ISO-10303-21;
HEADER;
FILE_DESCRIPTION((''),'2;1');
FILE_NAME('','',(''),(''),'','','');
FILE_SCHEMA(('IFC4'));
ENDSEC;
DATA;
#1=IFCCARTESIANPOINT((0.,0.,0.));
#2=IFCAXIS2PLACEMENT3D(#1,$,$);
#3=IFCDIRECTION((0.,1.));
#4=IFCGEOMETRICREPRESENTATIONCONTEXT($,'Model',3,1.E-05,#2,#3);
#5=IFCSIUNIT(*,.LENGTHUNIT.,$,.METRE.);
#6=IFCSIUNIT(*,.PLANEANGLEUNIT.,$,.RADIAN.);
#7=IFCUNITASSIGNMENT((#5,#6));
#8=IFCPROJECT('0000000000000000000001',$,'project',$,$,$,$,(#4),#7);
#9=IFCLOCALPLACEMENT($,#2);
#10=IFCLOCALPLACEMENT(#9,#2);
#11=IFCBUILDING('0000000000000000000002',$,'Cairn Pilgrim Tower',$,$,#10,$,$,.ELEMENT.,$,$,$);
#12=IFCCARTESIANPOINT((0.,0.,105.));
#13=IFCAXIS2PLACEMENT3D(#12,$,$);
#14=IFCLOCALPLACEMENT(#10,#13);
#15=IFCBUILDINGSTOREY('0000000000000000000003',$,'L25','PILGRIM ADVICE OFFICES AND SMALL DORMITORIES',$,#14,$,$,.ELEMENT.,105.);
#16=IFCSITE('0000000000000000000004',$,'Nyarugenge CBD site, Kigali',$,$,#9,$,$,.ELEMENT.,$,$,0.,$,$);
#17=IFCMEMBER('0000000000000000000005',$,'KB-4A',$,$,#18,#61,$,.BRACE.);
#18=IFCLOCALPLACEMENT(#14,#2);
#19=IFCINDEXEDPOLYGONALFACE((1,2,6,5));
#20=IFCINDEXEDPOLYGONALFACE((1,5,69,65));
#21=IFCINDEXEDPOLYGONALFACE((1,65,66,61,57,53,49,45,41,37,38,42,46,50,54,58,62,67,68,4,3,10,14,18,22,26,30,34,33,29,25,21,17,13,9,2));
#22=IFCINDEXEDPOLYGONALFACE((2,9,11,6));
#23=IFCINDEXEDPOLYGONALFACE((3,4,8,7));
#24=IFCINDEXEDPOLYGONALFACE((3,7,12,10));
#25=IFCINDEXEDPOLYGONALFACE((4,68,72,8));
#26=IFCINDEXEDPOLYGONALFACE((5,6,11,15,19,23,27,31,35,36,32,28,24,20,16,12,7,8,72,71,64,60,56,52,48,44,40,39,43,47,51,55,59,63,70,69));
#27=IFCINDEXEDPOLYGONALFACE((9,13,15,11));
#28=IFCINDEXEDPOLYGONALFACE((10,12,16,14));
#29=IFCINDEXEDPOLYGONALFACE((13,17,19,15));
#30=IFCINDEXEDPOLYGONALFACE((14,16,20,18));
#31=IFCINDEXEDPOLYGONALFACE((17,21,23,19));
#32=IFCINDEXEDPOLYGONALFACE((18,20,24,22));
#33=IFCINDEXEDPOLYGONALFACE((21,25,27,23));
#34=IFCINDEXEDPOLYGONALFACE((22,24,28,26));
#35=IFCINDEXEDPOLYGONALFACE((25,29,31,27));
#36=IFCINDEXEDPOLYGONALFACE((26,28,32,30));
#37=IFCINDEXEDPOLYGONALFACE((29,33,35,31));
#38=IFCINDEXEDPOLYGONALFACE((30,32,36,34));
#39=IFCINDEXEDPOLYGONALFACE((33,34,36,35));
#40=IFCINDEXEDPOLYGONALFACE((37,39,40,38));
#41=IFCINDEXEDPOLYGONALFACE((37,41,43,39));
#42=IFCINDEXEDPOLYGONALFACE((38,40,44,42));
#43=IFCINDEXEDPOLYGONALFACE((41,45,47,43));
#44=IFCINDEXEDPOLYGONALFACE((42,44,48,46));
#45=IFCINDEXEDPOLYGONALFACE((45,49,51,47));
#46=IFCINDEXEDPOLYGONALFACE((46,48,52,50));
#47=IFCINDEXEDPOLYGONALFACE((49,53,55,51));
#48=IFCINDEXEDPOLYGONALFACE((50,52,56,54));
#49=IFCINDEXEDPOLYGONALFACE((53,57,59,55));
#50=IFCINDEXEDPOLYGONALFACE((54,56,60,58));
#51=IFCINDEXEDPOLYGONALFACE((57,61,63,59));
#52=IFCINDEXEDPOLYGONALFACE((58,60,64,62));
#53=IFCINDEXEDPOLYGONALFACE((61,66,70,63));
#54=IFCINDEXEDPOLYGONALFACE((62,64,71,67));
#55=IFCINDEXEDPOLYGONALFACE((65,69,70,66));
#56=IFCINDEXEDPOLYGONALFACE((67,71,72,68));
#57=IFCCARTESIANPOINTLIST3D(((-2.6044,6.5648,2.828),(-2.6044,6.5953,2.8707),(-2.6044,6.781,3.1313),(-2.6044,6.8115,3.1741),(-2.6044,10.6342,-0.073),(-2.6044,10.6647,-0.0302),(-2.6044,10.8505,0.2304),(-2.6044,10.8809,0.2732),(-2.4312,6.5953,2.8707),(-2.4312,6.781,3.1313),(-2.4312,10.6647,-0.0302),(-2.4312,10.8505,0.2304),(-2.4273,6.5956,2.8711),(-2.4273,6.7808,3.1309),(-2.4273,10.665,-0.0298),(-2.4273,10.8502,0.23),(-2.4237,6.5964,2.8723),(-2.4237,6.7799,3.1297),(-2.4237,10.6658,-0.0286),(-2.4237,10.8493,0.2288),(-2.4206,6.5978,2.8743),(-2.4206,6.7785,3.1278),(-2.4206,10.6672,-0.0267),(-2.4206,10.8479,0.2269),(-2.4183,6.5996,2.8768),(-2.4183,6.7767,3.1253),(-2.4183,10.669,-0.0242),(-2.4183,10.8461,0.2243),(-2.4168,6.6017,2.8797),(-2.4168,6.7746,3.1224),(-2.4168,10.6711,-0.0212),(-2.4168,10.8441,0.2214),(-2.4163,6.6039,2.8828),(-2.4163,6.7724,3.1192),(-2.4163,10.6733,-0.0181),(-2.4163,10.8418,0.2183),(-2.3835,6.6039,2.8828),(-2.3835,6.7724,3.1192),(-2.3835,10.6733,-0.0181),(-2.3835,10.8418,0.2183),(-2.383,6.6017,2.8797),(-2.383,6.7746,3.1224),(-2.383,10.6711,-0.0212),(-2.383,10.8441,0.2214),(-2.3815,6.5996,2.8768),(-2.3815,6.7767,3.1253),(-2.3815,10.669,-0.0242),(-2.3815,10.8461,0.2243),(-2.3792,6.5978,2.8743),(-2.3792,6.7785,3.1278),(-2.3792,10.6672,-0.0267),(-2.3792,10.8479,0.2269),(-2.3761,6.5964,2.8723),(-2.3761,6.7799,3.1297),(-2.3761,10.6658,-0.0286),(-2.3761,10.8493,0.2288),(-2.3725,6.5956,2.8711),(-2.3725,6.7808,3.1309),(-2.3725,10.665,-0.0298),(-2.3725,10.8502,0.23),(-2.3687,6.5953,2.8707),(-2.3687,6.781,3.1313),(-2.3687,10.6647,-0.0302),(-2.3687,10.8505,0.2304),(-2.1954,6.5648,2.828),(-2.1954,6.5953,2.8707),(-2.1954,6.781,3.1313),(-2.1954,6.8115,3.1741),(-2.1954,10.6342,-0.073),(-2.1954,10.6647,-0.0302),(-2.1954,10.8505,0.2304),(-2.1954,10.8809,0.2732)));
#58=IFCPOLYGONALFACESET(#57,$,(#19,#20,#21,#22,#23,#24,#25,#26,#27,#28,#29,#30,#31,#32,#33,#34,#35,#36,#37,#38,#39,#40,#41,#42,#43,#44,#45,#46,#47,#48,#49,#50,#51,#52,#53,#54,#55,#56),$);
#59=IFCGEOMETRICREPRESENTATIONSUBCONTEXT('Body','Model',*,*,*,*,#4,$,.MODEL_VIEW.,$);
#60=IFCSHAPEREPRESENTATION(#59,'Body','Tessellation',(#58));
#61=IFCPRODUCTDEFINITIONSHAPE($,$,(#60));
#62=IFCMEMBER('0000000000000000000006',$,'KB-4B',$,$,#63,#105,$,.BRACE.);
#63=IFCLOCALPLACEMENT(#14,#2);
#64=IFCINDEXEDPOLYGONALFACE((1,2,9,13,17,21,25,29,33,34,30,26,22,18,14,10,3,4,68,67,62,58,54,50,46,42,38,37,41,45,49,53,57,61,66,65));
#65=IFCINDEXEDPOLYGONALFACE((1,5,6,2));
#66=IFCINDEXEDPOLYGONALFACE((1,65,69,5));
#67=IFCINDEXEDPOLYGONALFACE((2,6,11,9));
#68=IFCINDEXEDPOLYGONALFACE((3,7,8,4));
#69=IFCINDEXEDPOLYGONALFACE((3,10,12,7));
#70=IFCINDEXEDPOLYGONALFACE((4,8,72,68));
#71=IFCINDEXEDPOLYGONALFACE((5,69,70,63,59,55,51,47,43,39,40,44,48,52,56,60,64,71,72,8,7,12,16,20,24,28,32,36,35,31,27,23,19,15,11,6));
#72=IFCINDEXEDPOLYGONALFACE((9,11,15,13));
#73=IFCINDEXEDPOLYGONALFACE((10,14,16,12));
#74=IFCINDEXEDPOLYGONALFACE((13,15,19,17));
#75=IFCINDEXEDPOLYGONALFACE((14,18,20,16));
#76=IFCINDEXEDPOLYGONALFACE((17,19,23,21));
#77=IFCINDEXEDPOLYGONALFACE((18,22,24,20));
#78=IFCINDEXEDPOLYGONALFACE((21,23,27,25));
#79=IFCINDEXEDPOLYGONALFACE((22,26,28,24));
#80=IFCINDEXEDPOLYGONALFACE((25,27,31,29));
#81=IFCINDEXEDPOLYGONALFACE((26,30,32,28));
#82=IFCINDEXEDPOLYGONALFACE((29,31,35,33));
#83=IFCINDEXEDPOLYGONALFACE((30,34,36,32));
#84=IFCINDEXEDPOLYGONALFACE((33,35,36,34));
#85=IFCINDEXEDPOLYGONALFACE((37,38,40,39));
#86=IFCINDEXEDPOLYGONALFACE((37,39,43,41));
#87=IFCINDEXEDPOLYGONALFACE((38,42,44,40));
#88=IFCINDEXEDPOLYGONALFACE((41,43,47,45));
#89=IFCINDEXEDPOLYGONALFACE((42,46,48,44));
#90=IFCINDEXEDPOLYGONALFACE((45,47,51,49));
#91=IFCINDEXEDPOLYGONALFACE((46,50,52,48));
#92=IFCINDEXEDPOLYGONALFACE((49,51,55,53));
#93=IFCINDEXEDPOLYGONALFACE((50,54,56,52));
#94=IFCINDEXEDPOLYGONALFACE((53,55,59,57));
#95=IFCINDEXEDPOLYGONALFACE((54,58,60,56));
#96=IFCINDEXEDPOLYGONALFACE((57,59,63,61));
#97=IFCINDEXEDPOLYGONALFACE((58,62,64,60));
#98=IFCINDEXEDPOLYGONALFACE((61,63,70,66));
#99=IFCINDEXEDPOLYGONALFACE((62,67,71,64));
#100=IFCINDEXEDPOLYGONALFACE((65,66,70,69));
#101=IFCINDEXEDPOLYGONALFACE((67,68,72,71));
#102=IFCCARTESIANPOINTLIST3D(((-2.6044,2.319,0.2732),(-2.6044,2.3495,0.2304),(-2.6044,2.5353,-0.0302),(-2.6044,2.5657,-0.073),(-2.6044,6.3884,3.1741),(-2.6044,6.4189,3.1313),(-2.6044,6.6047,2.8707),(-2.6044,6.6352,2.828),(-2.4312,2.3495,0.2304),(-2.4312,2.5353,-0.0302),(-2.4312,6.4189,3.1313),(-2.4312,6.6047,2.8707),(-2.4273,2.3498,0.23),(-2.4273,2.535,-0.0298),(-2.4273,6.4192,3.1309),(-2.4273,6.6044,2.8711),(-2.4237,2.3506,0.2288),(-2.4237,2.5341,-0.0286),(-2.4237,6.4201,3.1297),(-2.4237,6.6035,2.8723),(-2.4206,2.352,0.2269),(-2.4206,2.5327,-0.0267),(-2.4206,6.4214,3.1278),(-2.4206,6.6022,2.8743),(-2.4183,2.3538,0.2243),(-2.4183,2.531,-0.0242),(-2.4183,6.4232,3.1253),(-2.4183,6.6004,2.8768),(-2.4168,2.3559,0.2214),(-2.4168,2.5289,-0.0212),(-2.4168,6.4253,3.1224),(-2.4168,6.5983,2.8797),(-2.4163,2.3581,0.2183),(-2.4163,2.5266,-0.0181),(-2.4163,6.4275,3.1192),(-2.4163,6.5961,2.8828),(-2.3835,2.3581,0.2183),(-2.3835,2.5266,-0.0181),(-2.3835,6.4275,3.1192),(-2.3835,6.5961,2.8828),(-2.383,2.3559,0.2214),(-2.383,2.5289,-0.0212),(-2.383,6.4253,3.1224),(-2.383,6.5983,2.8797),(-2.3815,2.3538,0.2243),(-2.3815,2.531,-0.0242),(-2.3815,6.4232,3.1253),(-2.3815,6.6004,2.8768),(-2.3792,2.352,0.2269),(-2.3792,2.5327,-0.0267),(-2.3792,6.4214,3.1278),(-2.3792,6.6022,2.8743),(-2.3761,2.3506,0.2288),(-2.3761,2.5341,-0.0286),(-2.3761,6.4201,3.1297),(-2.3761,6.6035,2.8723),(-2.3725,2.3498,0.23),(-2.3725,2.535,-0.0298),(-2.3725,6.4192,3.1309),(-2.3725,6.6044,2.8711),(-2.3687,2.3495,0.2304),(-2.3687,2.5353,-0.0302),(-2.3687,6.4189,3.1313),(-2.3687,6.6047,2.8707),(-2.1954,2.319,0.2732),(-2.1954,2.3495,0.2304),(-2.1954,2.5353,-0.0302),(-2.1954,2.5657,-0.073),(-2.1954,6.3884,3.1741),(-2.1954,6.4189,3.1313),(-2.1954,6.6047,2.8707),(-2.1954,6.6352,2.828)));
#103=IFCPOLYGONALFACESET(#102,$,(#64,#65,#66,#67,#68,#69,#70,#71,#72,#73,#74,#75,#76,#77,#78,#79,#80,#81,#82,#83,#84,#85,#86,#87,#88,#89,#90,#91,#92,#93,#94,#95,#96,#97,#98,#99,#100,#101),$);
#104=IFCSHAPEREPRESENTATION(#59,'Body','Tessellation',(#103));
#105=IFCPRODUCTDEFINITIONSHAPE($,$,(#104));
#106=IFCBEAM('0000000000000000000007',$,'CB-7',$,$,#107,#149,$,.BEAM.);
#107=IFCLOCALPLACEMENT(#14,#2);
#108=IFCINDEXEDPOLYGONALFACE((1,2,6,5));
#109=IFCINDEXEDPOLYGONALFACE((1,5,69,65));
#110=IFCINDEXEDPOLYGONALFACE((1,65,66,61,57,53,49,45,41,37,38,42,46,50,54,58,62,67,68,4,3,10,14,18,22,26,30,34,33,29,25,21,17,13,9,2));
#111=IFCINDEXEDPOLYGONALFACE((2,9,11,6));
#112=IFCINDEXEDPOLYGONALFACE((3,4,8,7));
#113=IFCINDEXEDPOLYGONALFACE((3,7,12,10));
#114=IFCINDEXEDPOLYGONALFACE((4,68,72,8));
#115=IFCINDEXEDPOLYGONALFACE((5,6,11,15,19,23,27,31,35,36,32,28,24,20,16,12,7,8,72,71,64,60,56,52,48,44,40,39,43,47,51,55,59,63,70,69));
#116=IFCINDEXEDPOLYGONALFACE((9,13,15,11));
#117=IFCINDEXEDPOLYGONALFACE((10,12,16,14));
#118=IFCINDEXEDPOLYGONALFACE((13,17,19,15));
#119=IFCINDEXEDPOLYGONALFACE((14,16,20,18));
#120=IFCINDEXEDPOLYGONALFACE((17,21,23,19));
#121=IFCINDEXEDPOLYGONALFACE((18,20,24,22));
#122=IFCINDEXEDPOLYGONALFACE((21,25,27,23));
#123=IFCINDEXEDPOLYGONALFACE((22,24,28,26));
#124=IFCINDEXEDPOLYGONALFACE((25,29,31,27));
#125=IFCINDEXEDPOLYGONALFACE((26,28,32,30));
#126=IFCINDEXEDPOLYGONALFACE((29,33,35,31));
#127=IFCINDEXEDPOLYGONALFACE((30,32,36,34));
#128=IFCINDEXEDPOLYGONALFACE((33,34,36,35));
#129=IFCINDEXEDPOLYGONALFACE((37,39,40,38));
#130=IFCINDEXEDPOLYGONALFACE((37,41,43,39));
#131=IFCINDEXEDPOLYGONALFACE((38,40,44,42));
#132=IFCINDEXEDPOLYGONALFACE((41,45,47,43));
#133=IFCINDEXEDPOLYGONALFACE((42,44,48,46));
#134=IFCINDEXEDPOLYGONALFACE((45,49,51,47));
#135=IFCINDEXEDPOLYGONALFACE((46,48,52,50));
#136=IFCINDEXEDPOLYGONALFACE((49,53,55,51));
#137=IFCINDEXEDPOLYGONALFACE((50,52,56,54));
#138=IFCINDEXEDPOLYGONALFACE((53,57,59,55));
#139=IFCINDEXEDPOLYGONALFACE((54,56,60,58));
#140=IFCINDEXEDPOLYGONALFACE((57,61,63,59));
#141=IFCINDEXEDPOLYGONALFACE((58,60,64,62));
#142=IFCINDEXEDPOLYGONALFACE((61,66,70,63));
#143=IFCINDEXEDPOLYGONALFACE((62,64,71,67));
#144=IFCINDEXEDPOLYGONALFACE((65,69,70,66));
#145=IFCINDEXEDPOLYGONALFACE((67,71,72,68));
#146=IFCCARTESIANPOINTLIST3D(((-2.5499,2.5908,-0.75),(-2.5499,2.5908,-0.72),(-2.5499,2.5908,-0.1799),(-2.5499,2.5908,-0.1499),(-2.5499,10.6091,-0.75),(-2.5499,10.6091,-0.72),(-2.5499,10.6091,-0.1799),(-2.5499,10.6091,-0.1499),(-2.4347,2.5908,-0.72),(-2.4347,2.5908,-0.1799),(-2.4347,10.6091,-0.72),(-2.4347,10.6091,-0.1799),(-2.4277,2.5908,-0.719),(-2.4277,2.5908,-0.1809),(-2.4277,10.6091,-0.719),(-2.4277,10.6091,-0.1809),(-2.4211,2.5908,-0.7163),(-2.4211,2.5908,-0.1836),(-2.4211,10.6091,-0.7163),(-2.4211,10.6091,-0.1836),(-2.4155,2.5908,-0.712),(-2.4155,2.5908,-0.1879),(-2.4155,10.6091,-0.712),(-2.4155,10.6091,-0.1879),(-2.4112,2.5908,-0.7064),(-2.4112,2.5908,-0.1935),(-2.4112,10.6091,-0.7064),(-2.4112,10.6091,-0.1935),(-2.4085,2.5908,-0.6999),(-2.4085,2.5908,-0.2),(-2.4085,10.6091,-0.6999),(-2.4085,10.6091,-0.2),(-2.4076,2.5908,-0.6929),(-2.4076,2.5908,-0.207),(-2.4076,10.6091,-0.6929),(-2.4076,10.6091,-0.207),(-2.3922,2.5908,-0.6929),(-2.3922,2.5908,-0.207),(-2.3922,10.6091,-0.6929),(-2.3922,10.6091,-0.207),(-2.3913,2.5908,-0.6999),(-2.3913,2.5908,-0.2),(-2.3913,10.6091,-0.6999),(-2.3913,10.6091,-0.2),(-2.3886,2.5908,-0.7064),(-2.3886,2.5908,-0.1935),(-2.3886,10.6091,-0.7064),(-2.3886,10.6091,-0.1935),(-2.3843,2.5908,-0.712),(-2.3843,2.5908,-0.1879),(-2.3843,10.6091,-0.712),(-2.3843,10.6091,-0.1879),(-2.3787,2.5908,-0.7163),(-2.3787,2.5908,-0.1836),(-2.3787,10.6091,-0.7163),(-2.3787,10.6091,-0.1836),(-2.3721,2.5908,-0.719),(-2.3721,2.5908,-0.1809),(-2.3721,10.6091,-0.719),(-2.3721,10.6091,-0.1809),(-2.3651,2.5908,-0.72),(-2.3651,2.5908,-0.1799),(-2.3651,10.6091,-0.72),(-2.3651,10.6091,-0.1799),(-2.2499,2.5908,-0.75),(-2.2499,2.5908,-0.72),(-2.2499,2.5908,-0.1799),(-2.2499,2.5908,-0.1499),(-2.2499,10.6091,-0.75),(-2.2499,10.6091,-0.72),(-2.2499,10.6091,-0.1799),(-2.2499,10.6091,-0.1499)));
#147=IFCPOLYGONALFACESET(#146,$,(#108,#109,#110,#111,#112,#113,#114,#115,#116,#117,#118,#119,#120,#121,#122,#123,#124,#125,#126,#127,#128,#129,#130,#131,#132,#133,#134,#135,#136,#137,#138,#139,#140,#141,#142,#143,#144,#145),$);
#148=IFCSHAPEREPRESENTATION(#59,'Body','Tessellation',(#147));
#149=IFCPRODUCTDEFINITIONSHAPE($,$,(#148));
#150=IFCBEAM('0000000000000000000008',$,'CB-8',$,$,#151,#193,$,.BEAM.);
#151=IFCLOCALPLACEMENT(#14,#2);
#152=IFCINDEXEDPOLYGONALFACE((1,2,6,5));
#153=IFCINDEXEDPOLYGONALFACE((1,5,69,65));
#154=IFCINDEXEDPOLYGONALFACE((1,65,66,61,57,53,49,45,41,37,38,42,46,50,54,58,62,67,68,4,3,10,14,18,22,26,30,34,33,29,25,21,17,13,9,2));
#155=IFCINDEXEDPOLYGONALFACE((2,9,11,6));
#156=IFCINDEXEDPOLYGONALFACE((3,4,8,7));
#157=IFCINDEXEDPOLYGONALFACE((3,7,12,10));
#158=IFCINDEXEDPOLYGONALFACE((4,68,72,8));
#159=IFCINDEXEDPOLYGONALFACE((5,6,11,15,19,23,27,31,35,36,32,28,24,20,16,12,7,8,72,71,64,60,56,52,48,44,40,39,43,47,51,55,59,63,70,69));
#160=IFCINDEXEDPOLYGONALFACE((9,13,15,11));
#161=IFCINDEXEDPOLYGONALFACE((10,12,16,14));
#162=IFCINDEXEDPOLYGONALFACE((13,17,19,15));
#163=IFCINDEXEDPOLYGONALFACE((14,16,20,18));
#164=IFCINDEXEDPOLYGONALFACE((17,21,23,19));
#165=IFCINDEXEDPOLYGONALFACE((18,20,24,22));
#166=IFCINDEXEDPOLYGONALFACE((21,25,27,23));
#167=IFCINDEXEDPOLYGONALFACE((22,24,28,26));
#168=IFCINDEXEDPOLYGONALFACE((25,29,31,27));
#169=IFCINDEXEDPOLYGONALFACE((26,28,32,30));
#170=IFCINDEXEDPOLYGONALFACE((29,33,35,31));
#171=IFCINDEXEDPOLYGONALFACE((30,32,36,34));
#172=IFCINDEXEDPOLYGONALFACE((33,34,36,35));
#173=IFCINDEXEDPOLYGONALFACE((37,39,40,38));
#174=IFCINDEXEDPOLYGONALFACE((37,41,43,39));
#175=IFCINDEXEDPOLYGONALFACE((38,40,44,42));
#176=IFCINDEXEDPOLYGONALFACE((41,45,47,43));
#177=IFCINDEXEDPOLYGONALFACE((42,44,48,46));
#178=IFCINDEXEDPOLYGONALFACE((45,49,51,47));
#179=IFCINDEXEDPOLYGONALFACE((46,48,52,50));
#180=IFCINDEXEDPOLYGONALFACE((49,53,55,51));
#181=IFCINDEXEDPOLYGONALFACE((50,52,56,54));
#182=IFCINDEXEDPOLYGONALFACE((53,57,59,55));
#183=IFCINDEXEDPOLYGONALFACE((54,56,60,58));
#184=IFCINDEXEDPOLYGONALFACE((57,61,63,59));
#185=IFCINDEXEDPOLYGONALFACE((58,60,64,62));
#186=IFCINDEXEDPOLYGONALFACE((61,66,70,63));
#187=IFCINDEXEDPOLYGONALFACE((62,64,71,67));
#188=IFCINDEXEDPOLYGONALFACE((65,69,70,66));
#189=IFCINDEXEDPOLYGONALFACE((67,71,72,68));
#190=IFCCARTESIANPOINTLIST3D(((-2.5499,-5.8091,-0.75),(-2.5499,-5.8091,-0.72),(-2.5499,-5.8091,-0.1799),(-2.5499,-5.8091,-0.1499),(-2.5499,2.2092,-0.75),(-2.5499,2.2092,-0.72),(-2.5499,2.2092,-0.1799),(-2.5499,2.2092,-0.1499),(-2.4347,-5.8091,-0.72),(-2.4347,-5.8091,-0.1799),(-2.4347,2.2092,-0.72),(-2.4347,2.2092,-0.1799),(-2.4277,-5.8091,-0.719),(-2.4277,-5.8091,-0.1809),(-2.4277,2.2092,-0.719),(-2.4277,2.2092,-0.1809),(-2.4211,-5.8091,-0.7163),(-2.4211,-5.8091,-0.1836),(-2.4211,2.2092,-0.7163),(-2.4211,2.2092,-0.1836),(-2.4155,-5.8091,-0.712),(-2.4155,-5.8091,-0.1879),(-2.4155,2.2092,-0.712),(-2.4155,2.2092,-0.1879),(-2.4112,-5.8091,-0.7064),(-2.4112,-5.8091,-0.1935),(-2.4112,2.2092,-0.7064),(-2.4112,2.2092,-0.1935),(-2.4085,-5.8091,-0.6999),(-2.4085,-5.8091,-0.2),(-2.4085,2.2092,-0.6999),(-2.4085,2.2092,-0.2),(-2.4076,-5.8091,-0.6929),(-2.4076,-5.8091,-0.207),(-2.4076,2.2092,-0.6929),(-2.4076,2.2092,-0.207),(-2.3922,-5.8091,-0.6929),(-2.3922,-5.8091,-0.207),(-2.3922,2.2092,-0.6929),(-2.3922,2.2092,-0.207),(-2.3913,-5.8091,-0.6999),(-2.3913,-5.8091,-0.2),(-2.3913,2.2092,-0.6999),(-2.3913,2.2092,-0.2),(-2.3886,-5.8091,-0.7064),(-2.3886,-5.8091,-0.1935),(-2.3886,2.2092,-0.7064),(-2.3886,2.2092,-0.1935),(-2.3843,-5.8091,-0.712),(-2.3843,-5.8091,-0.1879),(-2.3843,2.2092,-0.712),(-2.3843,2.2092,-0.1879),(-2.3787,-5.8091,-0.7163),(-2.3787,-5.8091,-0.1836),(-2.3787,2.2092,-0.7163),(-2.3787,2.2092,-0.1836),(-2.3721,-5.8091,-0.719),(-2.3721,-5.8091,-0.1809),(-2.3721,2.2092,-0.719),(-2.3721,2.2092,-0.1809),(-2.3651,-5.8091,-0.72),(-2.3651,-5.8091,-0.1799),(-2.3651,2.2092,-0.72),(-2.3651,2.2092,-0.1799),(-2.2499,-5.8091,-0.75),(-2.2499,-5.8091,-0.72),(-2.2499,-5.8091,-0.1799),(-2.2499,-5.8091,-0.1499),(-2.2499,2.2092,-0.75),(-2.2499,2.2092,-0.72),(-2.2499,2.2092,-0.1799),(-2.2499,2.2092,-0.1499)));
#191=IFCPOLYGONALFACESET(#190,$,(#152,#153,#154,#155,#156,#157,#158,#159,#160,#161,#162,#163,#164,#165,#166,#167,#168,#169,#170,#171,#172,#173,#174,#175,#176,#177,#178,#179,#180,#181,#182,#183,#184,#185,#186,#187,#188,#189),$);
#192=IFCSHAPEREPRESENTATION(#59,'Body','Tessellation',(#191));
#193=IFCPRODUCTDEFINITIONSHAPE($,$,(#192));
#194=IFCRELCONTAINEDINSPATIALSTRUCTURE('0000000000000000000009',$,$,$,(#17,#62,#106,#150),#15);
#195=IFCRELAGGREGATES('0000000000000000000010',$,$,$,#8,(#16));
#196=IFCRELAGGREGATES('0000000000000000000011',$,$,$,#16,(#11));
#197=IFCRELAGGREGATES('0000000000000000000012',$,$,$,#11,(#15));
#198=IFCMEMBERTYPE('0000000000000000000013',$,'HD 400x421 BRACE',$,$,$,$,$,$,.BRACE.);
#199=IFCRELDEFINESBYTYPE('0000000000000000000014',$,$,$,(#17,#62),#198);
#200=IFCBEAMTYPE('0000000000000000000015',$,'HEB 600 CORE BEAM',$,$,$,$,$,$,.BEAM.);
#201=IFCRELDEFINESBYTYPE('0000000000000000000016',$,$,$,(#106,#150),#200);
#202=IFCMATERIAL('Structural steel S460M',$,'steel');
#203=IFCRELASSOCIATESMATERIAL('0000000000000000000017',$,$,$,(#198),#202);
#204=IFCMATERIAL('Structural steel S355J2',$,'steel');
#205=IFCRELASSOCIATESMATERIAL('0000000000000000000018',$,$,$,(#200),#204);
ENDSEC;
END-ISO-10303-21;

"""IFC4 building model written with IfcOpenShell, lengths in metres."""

from ifc_helpers import new_model, si_unit, direction, frame, origin, origin_2d, place, context, subcontext, project, spatial, i_section, extrude, material, material_profile, profile_set, type_object, element, save


model = new_model("IFC4")

# Units and contexts
model_context = context("Model", 3, precision=1e-05, world=origin(), true_north=direction((0.0, 1.0)))
body_context = subcontext(model_context, "Body", "Model", "MODEL_VIEW")
ifc_project = project(units=[si_unit("LENGTHUNIT", "METRE"), si_unit("PLANEANGLEUNIT", "RADIAN")], contexts=[model_context])

# Site, building, storey
site_placement = place(None, origin())
site = spatial("IfcSite", under=ifc_project, at=site_placement, Name="Nyarugenge CBD site, Kigali", CompositionType="ELEMENT", RefElevation=0.0)
building_placement = place(site_placement, origin())
building = spatial("IfcBuilding", under=site, at=building_placement, Name="Cairn Pilgrim Tower", CompositionType="ELEMENT")
storey_placement = place(building_placement, frame((0.0, 0.0, 105.0)))
storey = spatial("IfcBuildingStorey", under=building, at=storey_placement, Name="L25", Description="PILGRIM ADVICE OFFICES AND SMALL DORMITORIES", CompositionType="ELEMENT", Elevation=105.0)

# Shared definitions
ifc_material_1 = material(Name="Structural steel S460M", Category="steel")

# Members
ifc_material_profile_1 = material_profile(ifc_material_1, i_section(OverallWidth=0.4089, OverallDepth=0.425, WebThickness=0.0327, FlangeThickness=0.0525, FilletRadius=0.0149, at=origin_2d()), Name="HD 400x421")
ifc_profile_set_1 = profile_set([ifc_material_profile_1], Name="Structural steel S460M")
member_type = type_object("IfcMemberType", Name="HD 400x421 BRACE", PredefinedType="BRACE", material=ifc_profile_set_1)
for number, where, z_axis, x_axis, name in (
    (1, (-2.3999, 10.7576, 0.1001), (0.0, -0.814281, 0.580471), (1.0, 0.0, 0.0), "KB-4A"),
    (2, (-2.3999, 2.4424, 0.1001), (0.0, 0.814281, 0.580471), (-1.0, 0.0, 0.0), "KB-4B"),
):
    element("IfcMember", number, at=place(storey_placement, frame(where, z_axis=z_axis, x_axis=x_axis)), inside=storey, type_object=member_type, Name=name, PredefinedType="BRACE", context=body_context, shape_type="SweptSolid", body=[
        extrude(i_section(OverallWidth=0.4089, OverallDepth=0.425, WebThickness=0.0327, FlangeThickness=0.0525, FilletRadius=0.0149, at=origin_2d()), origin(), (0.0, 0.0, 1.0), 4.9976),
    ])

# Beams
ifc_material_2 = material(Name="Structural steel S355J2", Category="steel")
ifc_material_profile_2 = material_profile(ifc_material_2, i_section(OverallWidth=0.3, OverallDepth=0.6001, WebThickness=0.0154, FlangeThickness=0.03, FilletRadius=0.0271, at=origin_2d()), Name="HEB 600")
ifc_profile_set_2 = profile_set([ifc_material_profile_2], Name="Structural steel S355J2")
beam_type_1 = type_object("IfcBeamType", Name="HEB 600 CORE BEAM", PredefinedType="BEAM", material=ifc_profile_set_2)
for number, where, z_axis, x_axis, name in (
    (3, (-2.3999, 10.6091, -0.45), (0.0, -1.0, 0.0), (1.0, 0.0, 0.0), "CB-7"),
    (4, (-2.3999, 2.2092, -0.45), (0.0, -1.0, 0.0), (1.0, 0.0, 0.0), "CB-8"),
):
    element("IfcBeam", number, at=place(storey_placement, frame(where, z_axis=z_axis, x_axis=x_axis)), inside=storey, type_object=beam_type_1, Name=name, PredefinedType="BEAM", context=body_context, shape_type="SweptSolid", body=[
        extrude(i_section(OverallWidth=0.3, OverallDepth=0.6001, WebThickness=0.0154, FlangeThickness=0.03, FilletRadius=0.0271, at=origin_2d()), origin(), (0.0, 0.0, 1.0), 8.0183),
    ])

save(model, "model.ifc")
